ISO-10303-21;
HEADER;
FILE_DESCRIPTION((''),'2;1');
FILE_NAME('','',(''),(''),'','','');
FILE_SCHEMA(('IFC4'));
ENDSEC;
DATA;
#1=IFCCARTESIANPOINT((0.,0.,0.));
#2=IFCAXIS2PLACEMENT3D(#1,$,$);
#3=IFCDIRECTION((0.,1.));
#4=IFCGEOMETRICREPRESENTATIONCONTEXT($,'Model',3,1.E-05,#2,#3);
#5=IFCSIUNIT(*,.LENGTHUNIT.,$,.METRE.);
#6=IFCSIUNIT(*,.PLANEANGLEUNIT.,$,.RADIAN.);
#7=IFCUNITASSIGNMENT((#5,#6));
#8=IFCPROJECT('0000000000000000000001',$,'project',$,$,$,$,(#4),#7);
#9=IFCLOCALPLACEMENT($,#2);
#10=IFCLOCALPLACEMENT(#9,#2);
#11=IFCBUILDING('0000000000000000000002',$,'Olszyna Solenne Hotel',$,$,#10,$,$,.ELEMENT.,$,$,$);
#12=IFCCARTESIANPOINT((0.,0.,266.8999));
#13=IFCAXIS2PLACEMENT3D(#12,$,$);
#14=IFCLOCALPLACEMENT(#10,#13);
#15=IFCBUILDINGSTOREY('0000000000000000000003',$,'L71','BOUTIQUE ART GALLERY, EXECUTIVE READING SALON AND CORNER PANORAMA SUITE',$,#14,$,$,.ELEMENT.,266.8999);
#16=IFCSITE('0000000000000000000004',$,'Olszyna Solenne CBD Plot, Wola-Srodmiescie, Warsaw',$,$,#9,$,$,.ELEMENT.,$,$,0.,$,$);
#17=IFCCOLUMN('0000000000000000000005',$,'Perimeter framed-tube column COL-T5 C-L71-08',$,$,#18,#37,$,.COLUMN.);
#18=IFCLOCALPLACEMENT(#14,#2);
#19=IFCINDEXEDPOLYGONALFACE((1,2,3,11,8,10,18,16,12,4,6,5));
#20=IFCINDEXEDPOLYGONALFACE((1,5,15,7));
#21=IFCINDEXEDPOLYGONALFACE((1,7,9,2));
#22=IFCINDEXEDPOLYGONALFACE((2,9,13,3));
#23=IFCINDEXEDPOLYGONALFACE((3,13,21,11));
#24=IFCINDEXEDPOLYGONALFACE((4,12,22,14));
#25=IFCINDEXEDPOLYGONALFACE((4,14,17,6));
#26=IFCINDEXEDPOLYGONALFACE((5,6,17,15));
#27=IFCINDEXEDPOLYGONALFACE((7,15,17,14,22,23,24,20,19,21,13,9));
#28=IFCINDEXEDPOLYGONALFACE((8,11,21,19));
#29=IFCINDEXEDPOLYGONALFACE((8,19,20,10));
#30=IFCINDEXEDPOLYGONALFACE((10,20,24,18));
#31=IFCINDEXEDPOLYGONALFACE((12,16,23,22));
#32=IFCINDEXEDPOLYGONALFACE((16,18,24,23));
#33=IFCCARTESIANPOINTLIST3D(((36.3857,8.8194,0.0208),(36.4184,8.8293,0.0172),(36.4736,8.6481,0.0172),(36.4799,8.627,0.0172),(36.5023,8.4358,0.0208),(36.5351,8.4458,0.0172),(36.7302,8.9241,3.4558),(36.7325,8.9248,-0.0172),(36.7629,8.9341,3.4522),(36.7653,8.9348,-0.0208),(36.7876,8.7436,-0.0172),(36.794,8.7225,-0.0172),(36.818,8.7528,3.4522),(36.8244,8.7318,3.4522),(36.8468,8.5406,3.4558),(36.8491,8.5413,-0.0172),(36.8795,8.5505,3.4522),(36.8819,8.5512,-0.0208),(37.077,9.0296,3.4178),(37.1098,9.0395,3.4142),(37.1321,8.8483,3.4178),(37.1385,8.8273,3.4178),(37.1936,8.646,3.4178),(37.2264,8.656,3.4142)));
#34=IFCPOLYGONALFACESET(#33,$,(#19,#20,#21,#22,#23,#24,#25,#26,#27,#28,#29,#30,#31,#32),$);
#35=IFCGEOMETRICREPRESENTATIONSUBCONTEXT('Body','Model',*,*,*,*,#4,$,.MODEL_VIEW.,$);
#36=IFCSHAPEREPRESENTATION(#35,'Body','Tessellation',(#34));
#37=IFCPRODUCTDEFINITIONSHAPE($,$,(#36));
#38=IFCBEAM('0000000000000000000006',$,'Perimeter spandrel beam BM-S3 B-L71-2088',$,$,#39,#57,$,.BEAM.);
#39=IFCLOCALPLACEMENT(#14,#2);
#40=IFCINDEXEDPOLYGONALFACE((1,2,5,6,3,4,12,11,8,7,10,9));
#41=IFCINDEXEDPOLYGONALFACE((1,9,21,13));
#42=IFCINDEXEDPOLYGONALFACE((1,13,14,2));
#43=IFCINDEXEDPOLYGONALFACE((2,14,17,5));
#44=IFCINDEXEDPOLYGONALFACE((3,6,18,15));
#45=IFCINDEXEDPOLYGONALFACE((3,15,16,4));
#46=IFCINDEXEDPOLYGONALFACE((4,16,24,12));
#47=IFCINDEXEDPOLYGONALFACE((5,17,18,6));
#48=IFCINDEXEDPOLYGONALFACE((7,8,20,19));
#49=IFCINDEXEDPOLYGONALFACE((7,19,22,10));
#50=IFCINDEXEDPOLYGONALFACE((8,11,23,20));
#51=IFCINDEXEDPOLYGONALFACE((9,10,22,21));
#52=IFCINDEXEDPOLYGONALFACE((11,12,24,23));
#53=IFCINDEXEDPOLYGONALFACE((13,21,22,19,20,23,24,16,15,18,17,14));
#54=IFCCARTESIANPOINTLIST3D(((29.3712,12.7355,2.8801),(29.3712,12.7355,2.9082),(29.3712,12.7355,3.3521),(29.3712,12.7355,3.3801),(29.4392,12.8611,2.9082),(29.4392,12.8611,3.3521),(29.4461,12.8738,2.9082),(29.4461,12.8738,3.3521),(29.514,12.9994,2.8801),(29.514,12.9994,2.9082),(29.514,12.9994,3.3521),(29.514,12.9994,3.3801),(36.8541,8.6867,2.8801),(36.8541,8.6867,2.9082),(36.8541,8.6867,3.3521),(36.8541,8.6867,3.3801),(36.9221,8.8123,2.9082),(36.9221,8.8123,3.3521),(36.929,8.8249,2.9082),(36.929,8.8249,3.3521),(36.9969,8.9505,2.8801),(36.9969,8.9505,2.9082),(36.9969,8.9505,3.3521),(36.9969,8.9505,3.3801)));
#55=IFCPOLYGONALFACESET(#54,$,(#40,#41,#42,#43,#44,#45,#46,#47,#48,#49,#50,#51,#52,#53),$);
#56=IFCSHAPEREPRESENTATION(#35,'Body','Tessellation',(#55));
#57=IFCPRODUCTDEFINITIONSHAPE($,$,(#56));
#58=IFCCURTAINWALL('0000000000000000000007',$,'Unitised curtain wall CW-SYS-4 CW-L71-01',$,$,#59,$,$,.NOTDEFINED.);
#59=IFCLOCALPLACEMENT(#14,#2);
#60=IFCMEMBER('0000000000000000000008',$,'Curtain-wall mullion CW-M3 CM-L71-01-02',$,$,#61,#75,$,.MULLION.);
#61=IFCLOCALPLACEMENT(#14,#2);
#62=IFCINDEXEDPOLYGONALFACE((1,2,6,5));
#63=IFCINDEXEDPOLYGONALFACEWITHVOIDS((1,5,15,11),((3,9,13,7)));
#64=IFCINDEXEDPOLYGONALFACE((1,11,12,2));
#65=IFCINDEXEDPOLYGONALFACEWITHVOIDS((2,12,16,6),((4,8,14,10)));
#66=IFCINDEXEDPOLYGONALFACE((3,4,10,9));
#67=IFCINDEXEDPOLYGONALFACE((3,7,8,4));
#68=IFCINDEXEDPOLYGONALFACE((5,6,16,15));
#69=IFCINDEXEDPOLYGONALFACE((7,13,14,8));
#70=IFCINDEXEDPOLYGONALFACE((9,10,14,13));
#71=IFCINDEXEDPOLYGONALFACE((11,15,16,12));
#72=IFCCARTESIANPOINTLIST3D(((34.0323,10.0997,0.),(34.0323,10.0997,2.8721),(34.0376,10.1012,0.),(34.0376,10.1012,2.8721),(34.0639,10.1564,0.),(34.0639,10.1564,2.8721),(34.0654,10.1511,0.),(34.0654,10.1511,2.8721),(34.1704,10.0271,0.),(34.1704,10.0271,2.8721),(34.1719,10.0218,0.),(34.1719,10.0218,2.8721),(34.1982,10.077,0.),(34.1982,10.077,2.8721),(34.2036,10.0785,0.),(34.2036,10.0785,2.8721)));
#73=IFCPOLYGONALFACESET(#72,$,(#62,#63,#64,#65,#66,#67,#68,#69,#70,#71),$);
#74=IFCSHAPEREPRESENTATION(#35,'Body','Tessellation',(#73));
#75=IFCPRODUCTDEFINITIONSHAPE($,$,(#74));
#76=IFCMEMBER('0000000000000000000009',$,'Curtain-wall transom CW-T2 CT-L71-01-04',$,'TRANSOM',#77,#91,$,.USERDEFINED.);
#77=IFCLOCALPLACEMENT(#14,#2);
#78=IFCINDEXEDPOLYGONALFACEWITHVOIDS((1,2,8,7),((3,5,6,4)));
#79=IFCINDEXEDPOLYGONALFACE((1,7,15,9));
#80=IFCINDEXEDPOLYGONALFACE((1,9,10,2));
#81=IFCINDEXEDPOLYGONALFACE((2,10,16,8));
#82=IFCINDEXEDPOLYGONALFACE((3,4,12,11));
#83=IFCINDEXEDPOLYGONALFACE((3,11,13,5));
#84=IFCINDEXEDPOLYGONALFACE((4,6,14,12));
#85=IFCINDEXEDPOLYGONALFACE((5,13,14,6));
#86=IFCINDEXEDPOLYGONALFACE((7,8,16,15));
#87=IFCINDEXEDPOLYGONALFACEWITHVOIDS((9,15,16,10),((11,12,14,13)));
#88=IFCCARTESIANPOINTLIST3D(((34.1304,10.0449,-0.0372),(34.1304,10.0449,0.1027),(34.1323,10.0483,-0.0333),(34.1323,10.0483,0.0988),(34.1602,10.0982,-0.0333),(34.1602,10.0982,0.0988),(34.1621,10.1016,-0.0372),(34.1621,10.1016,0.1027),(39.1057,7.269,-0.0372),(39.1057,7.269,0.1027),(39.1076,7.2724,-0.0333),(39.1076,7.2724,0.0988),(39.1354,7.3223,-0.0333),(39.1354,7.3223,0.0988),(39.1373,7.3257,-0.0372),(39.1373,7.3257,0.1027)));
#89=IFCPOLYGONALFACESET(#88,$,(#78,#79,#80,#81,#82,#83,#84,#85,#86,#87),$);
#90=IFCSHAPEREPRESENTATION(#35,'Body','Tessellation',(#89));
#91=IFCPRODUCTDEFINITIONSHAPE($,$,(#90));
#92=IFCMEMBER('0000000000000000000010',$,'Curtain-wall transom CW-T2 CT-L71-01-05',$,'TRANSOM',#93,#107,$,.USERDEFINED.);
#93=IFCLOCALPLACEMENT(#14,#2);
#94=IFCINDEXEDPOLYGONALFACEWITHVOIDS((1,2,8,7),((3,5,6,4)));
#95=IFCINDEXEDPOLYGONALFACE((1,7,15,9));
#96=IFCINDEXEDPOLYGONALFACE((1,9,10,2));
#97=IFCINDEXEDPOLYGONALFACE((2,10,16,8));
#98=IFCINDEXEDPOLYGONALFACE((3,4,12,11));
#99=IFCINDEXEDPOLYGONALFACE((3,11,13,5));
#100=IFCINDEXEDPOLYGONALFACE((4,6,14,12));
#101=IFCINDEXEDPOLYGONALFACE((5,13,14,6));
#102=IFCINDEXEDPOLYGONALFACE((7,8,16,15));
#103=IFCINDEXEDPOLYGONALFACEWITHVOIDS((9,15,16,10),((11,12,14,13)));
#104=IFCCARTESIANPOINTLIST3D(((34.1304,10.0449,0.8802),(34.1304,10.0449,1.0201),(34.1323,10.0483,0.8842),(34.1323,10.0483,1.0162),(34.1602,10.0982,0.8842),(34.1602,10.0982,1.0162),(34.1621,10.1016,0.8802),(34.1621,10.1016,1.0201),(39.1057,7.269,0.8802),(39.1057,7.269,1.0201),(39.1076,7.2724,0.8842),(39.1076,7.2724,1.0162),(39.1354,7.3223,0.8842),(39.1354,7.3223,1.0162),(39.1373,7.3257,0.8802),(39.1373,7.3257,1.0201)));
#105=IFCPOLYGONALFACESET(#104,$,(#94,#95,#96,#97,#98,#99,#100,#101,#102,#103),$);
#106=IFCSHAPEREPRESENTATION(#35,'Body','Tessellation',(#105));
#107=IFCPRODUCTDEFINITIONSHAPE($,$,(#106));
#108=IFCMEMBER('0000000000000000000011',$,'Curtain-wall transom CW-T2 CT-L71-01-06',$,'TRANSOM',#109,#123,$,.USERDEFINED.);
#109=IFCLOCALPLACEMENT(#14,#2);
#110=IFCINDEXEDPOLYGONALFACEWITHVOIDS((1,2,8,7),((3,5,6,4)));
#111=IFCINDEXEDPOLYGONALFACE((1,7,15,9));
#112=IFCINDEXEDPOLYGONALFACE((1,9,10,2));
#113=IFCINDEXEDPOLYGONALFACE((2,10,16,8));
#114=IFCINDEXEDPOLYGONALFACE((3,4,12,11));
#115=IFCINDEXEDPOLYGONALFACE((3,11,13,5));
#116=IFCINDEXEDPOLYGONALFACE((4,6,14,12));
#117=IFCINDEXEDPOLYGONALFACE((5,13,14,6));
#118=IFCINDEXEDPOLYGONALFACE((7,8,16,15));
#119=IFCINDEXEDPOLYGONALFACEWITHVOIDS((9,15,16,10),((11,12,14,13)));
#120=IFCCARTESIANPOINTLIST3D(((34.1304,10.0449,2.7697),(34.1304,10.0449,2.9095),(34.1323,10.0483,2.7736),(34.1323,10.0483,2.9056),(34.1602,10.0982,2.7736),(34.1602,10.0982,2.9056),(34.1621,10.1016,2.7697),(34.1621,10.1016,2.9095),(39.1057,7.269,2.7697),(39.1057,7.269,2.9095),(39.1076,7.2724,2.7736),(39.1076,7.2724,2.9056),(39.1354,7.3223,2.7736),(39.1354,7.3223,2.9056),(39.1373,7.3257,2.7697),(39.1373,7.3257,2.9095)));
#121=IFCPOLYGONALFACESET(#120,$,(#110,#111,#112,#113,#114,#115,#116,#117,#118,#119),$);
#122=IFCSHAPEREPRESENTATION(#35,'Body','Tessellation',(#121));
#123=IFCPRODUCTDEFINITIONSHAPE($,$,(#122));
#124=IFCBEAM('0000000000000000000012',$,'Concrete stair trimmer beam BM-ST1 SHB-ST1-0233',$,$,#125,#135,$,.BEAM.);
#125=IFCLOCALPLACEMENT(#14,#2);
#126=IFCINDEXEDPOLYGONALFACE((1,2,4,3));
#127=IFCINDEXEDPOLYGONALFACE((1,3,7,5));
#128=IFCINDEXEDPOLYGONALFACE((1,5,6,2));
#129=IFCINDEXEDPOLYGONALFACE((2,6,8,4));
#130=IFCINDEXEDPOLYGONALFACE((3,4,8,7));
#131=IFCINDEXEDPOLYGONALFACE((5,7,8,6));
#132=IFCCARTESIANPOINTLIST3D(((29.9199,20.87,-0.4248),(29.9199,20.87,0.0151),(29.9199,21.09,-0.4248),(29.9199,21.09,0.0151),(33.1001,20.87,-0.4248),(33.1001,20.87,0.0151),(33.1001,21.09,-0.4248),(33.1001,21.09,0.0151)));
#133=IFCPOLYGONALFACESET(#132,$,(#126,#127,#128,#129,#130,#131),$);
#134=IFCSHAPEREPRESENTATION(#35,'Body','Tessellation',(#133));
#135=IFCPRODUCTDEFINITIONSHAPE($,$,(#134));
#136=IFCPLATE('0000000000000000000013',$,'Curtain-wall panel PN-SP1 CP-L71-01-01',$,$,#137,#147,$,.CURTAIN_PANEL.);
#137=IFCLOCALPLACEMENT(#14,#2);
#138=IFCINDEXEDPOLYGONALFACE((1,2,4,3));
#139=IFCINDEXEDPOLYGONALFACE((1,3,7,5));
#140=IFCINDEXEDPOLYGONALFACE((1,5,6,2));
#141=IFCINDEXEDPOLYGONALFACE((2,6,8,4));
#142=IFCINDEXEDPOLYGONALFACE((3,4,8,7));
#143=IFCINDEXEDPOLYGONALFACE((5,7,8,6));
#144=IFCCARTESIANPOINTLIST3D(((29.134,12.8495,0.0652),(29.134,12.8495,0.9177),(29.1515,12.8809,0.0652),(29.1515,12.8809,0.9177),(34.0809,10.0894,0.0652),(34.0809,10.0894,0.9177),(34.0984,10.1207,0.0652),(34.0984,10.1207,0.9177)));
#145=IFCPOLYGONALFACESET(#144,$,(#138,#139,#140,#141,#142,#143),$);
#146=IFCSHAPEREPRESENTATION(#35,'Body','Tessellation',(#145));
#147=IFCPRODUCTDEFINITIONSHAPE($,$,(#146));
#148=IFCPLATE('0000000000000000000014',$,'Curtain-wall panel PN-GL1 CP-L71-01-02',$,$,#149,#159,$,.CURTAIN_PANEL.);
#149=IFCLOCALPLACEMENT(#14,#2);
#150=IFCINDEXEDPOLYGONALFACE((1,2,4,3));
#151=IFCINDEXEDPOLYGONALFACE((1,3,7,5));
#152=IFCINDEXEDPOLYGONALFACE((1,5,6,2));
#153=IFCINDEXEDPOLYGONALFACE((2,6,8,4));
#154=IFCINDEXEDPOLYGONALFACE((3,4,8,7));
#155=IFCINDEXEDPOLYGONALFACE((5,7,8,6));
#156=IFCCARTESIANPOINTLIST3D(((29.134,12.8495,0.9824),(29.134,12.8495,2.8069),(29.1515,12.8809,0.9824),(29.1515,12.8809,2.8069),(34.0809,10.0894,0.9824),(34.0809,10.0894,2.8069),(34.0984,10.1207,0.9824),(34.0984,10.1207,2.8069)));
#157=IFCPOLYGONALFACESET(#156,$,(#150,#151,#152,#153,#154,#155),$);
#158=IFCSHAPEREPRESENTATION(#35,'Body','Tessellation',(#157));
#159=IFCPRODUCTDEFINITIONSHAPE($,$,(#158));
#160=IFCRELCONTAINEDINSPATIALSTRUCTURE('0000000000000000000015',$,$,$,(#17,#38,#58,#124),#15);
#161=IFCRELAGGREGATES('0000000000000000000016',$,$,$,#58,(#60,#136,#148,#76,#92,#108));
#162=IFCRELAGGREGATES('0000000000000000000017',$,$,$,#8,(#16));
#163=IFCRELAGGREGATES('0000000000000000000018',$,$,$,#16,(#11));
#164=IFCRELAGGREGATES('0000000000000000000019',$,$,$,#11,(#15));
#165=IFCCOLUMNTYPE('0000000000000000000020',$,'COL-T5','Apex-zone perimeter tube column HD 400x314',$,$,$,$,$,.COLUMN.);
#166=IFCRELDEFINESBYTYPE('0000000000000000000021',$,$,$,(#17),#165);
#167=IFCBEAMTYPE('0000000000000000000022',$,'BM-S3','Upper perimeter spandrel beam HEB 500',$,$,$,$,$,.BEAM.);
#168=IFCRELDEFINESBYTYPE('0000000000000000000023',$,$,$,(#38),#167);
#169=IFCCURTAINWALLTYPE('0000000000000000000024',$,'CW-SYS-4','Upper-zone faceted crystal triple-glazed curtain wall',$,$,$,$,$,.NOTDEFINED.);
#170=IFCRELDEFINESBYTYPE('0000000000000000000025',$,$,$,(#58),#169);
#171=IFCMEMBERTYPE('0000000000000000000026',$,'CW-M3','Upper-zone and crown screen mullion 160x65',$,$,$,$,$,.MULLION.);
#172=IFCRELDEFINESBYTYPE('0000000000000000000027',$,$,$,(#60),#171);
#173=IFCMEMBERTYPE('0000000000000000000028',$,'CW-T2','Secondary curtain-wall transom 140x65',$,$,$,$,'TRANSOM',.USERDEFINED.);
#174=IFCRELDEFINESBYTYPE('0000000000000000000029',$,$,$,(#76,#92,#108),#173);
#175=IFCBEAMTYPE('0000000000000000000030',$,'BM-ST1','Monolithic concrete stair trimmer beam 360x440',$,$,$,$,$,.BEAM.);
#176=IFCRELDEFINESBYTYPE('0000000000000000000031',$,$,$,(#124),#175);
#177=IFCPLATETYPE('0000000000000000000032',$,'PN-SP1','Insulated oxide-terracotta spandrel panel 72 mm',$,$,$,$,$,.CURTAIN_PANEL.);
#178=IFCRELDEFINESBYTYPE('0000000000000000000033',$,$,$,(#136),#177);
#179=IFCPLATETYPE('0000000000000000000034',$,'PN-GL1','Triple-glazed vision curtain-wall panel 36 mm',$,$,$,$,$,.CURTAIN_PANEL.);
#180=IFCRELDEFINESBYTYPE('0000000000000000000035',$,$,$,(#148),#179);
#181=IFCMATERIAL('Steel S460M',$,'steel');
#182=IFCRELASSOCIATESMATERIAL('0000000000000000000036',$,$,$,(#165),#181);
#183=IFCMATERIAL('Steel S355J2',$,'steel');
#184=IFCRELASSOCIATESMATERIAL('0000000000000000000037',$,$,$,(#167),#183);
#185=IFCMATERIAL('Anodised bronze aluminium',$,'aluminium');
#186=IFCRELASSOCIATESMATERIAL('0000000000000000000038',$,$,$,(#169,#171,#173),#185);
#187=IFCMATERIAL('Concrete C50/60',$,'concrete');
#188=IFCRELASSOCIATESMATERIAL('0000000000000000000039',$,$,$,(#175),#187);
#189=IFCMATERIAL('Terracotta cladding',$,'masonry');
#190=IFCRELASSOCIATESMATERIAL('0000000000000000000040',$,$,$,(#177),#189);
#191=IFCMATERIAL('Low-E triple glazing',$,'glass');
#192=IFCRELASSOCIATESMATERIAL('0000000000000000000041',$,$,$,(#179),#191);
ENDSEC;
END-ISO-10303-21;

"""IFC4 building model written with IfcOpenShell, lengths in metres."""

from ifc_helpers import new_model, si_unit, direction, frame, origin, origin_2d, place, context, subcontext, project, spatial, rectangle, hollow_rectangle, i_section, extrude, source, transform, mapped, material, material_profile, profile_set, type_object, element, aggregate, save


model = new_model("IFC4")

# Units and contexts
model_context = context("Model", 3, precision=1e-05, world=origin(), true_north=direction((0.0, 1.0)))
body_context = subcontext(model_context, "Body", "Model", "MODEL_VIEW")
ifc_project = project(units=[si_unit("LENGTHUNIT", "METRE"), si_unit("PLANEANGLEUNIT", "RADIAN")], contexts=[model_context])

# Site, building, storey
site_placement = place(None, origin())
site = spatial("IfcSite", under=ifc_project, at=site_placement, Name="Olszyna Solenne CBD Plot, Wola-Srodmiescie, Warsaw", CompositionType="ELEMENT", RefElevation=0.0)
building_placement = place(site_placement, origin())
building = spatial("IfcBuilding", under=site, at=building_placement, Name="Olszyna Solenne Hotel", CompositionType="ELEMENT")
storey_placement = place(building_placement, frame((0.0, 0.0, 266.8999)))
storey = spatial("IfcBuildingStorey", under=building, at=storey_placement, Name="L71", Description="BOUTIQUE ART GALLERY, EXECUTIVE READING SALON AND CORNER PANORAMA SUITE", CompositionType="ELEMENT", Elevation=266.8999)

# Column
ifc_material_1 = material(Name="Steel S460M", Category="steel")
ifc_material_profile_1 = material_profile(ifc_material_1, i_section(OverallWidth=0.4009, OverallDepth=0.3989, WebThickness=0.022, FlangeThickness=0.0344, at=origin_2d()), Name="HD 400x314", Category="load-bearing")
ifc_profile_set_1 = profile_set([ifc_material_profile_1], Name="Steel S460M")
column_type = type_object("IfcColumnType", Name="COL-T5", Description="Apex-zone perimeter tube column HD 400x314", PredefinedType="COLUMN", material=ifc_profile_set_1)
shared_shape_1 = source(origin(), body_context, "Body", "SweptSolid", [
    extrude(i_section(OverallWidth=0.4009, OverallDepth=0.3989, WebThickness=0.022, FlangeThickness=0.0344, at=origin_2d()), origin(), (0.0, 0.0, 1.0), 3.4539),
])
column_placement = place(storey_placement, frame((36.6338, 8.6853, 0.0), z_axis=(0.099738, 0.030324, 0.994552), x_axis=(-0.290892, 0.956756, 0.0)))
element("IfcColumn", 1, at=column_placement, inside=storey, type_object=column_type, Name="Perimeter framed-tube column COL-T5 C-L71-08", PredefinedType="COLUMN", context=body_context, shape_type="MappedRepresentation", body=[
    mapped(shared_shape_1, transform((0.0, 0.0, 0.0), x_axis=(1.0, 0.0, 0.0), y_axis=(0.0, 1.0, 0.0), z_axis=(0.0, 0.0, 1.0), scale=1.0)),
])

# Beam
ifc_material_2 = material(Name="Steel S355J2", Category="steel")
ifc_material_profile_2 = material_profile(ifc_material_2, i_section(OverallWidth=0.3, OverallDepth=0.5, WebThickness=0.0144, FlangeThickness=0.0281, at=origin_2d()), Name="HEB 500", Category="load-bearing")
ifc_profile_set_2 = profile_set([ifc_material_profile_2], Name="Steel S355J2")
beam_type_1 = type_object("IfcBeamType", Name="BM-S3", Description="Upper perimeter spandrel beam HEB 500", PredefinedType="BEAM", material=ifc_profile_set_2)
shared_shape_2 = source(origin(), body_context, "Body", "SweptSolid", [
    extrude(i_section(OverallWidth=0.3, OverallDepth=0.5, WebThickness=0.0144, FlangeThickness=0.0281, at=origin_2d()), origin(), (0.0, 0.0, 1.0), 8.5081),
])
beam_1_placement = place(storey_placement, frame((29.4426, 12.8674, 3.1301), z_axis=(0.879509, -0.475882, 0.0), x_axis=(0.475882, 0.879509, 0.0)))
element("IfcBeam", 2, at=beam_1_placement, inside=storey, type_object=beam_type_1, Name="Perimeter spandrel beam BM-S3 B-L71-2088", PredefinedType="BEAM", context=body_context, shape_type="MappedRepresentation", body=[
    mapped(shared_shape_2, transform((0.0, 0.0, 0.0), x_axis=(1.0, 0.0, 0.0), y_axis=(0.0, 1.0, 0.0), z_axis=(0.0, 0.0, 1.0), scale=1.0)),
])

# Curtain wall, members
ifc_material_3 = material(Name="Anodised bronze aluminium", Category="aluminium")
curtain_wall_type = type_object("IfcCurtainWallType", Name="CW-SYS-4", Description="Upper-zone faceted crystal triple-glazed curtain wall", PredefinedType="NOTDEFINED", material=ifc_material_3)
curtain_wall_placement = place(storey_placement, origin())
curtain_wall = element("IfcCurtainWall", 3, at=curtain_wall_placement, inside=storey, type_object=curtain_wall_type, Name="Unitised curtain wall CW-SYS-4 CW-L71-01", PredefinedType="NOTDEFINED")
ifc_material_profile_3 = material_profile(ifc_material_3, hollow_rectangle(XDim=0.0649, YDim=0.1599, WallThickness=0.0039, at=origin_2d()), Name="MULL 160x65x4", Category="load-bearing")
ifc_profile_set_3 = profile_set([ifc_material_profile_3], Name="Anodised bronze aluminium")
member_type_1 = type_object("IfcMemberType", Name="CW-M3", Description="Upper-zone and crown screen mullion 160x65", PredefinedType="MULLION", material=ifc_profile_set_3)
shared_shape_3 = source(origin(), body_context, "Body", "SweptSolid", [
    extrude(hollow_rectangle(XDim=0.0649, YDim=0.1599, WallThickness=0.0039, at=origin_2d()), origin(), (0.0, 0.0, 1.0), 2.8721),
])
member_1_placement = place(storey_placement, frame((34.1179, 10.0891, 0.0), z_axis=(0.0, 0.0, 1.0), x_axis=(0.487246, 0.873265, 0.0)))
member_1 = element("IfcMember", 4, at=member_1_placement, type_object=member_type_1, Name="Curtain-wall mullion CW-M3 CM-L71-01-02", PredefinedType="MULLION", context=body_context, shape_type="MappedRepresentation", body=[
    mapped(shared_shape_3, transform((0.0, 0.0, 0.0), x_axis=(1.0, 0.0, 0.0), y_axis=(0.0, 1.0, 0.0), z_axis=(0.0, 0.0, 1.0), scale=1.0)),
])
ifc_material_profile_4 = material_profile(ifc_material_3, hollow_rectangle(XDim=0.0649, YDim=0.1399, WallThickness=0.0039, at=origin_2d()), Name="TRAN 140x65x4", Category="load-bearing")
ifc_profile_set_4 = profile_set([ifc_material_profile_4], Name="Anodised bronze aluminium")
member_type_2 = type_object("IfcMemberType", Name="CW-T2", Description="Secondary curtain-wall transom 140x65", ElementType="TRANSOM", PredefinedType="USERDEFINED", material=ifc_profile_set_4)
shared_shape_4 = source(origin(), body_context, "Body", "SweptSolid", [
    extrude(hollow_rectangle(XDim=0.0649, YDim=0.1399, WallThickness=0.0039, at=origin_2d()), origin(), (0.0, 0.0, 1.0), 5.6973),
])
member_2_placement = place(storey_placement, frame((34.1462, 10.0732, 0.0327), z_axis=(0.873277, -0.487225, 0.0), x_axis=(0.487225, 0.873277, 0.0)))
member_2 = element("IfcMember", 5, at=member_2_placement, type_object=member_type_2, Name="Curtain-wall transom CW-T2 CT-L71-01-04", ObjectType="TRANSOM", PredefinedType="USERDEFINED", context=body_context, shape_type="MappedRepresentation", body=[
    mapped(shared_shape_4, transform((0.0, 0.0, 0.0), x_axis=(1.0, 0.0, 0.0), y_axis=(0.0, 1.0, 0.0), z_axis=(0.0, 0.0, 1.0), scale=1.0)),
])
member_3_placement = place(storey_placement, frame((34.1462, 10.0732, 0.9502), z_axis=(0.873277, -0.487225, 0.0), x_axis=(0.487225, 0.873277, 0.0)))
member_3 = element("IfcMember", 6, at=member_3_placement, type_object=member_type_2, Name="Curtain-wall transom CW-T2 CT-L71-01-05", ObjectType="TRANSOM", PredefinedType="USERDEFINED", context=body_context, shape_type="MappedRepresentation", body=[
    mapped(shared_shape_4, transform((0.0, 0.0, 0.0), x_axis=(1.0, 0.0, 0.0), y_axis=(0.0, 1.0, 0.0), z_axis=(0.0, 0.0, 1.0), scale=1.0)),
])
member_4_placement = place(storey_placement, frame((34.1462, 10.0732, 2.8396), z_axis=(0.873277, -0.487225, 0.0), x_axis=(0.487225, 0.873277, 0.0)))
member_4 = element("IfcMember", 7, at=member_4_placement, type_object=member_type_2, Name="Curtain-wall transom CW-T2 CT-L71-01-06", ObjectType="TRANSOM", PredefinedType="USERDEFINED", context=body_context, shape_type="MappedRepresentation", body=[
    mapped(shared_shape_4, transform((0.0, 0.0, 0.0), x_axis=(1.0, 0.0, 0.0), y_axis=(0.0, 1.0, 0.0), z_axis=(0.0, 0.0, 1.0), scale=1.0)),
])

# Beam
ifc_material_4 = material(Name="Concrete C50/60", Category="concrete")
ifc_material_profile_5 = material_profile(ifc_material_4, rectangle(XDim=0.22, YDim=0.4399, at=origin_2d()), Name="RC 220x440", Category="load-bearing")
ifc_profile_set_5 = profile_set([ifc_material_profile_5], Name="Concrete C50/60")
beam_type_2 = type_object("IfcBeamType", Name="BM-ST1", Description="Monolithic concrete stair trimmer beam 360x440", PredefinedType="BEAM", material=ifc_profile_set_5)
shared_shape_5 = source(origin(), body_context, "Body", "SweptSolid", [
    extrude(rectangle(XDim=0.22, YDim=0.4399, at=origin_2d()), origin(), (0.0, 0.0, 1.0), 3.1802),
])
beam_2_placement = place(storey_placement, frame((33.1001, 20.98, -0.2048), z_axis=(-1.0, 0.0, 0.0), x_axis=(0.0, -1.0, 0.0)))
element("IfcBeam", 8, at=beam_2_placement, inside=storey, type_object=beam_type_2, Name="Concrete stair trimmer beam BM-ST1 SHB-ST1-0233", PredefinedType="BEAM", context=body_context, shape_type="MappedRepresentation", body=[
    mapped(shared_shape_5, transform((0.0, 0.0, 0.0), x_axis=(1.0, 0.0, 0.0), y_axis=(0.0, 1.0, 0.0), z_axis=(0.0, 0.0, 1.0), scale=1.0)),
])

# Plates
ifc_material_5 = material(Name="Terracotta cladding", Category="masonry")
plate_type_1 = type_object("IfcPlateType", Name="PN-SP1", Description="Insulated oxide-terracotta spandrel panel 72 mm", PredefinedType="CURTAIN_PANEL", material=ifc_material_5)
shared_shape_6 = source(origin(), body_context, "Body", "SweptSolid", [
    extrude(rectangle(XDim=5.6648, YDim=0.0359, at=origin_2d()), origin(), (0.0, 0.0, 1.0), 0.8525),
])
plate_1_placement = place(storey_placement, frame((31.6162, 11.4851, 0.0652), z_axis=(0.0, 0.0, 1.0), x_axis=(0.873265, -0.487246, 0.0)))
plate_1 = element("IfcPlate", 9, at=plate_1_placement, type_object=plate_type_1, Name="Curtain-wall panel PN-SP1 CP-L71-01-01", PredefinedType="CURTAIN_PANEL", context=body_context, shape_type="MappedRepresentation", body=[
    mapped(shared_shape_6, transform((0.0, 0.0, 0.0), x_axis=(1.0, 0.0, 0.0), y_axis=(0.0, 1.0, 0.0), z_axis=(0.0, 0.0, 1.0), scale=1.0)),
])
ifc_material_6 = material(Name="Low-E triple glazing", Category="glass")
plate_type_2 = type_object("IfcPlateType", Name="PN-GL1", Description="Triple-glazed vision curtain-wall panel 36 mm", PredefinedType="CURTAIN_PANEL", material=ifc_material_6)
shared_shape_7 = source(origin(), body_context, "Body", "SweptSolid", [
    extrude(rectangle(XDim=5.6648, YDim=0.0359, at=origin_2d()), origin(), (0.0, 0.0, 1.0), 1.8245),
])
plate_2_placement = place(storey_placement, frame((31.6162, 11.4851, 0.9824), z_axis=(0.0, 0.0, 1.0), x_axis=(0.873265, -0.487246, 0.0)))
plate_2 = element("IfcPlate", 10, at=plate_2_placement, type_object=plate_type_2, Name="Curtain-wall panel PN-GL1 CP-L71-01-02", PredefinedType="CURTAIN_PANEL", context=body_context, shape_type="MappedRepresentation", body=[
    mapped(shared_shape_7, transform((0.0, 0.0, 0.0), x_axis=(1.0, 0.0, 0.0), y_axis=(0.0, 1.0, 0.0), z_axis=(0.0, 0.0, 1.0), scale=1.0)),
])
aggregate(curtain_wall, [member_1, plate_1, plate_2, member_2, member_3, member_4])

save(model, "model.ifc")
